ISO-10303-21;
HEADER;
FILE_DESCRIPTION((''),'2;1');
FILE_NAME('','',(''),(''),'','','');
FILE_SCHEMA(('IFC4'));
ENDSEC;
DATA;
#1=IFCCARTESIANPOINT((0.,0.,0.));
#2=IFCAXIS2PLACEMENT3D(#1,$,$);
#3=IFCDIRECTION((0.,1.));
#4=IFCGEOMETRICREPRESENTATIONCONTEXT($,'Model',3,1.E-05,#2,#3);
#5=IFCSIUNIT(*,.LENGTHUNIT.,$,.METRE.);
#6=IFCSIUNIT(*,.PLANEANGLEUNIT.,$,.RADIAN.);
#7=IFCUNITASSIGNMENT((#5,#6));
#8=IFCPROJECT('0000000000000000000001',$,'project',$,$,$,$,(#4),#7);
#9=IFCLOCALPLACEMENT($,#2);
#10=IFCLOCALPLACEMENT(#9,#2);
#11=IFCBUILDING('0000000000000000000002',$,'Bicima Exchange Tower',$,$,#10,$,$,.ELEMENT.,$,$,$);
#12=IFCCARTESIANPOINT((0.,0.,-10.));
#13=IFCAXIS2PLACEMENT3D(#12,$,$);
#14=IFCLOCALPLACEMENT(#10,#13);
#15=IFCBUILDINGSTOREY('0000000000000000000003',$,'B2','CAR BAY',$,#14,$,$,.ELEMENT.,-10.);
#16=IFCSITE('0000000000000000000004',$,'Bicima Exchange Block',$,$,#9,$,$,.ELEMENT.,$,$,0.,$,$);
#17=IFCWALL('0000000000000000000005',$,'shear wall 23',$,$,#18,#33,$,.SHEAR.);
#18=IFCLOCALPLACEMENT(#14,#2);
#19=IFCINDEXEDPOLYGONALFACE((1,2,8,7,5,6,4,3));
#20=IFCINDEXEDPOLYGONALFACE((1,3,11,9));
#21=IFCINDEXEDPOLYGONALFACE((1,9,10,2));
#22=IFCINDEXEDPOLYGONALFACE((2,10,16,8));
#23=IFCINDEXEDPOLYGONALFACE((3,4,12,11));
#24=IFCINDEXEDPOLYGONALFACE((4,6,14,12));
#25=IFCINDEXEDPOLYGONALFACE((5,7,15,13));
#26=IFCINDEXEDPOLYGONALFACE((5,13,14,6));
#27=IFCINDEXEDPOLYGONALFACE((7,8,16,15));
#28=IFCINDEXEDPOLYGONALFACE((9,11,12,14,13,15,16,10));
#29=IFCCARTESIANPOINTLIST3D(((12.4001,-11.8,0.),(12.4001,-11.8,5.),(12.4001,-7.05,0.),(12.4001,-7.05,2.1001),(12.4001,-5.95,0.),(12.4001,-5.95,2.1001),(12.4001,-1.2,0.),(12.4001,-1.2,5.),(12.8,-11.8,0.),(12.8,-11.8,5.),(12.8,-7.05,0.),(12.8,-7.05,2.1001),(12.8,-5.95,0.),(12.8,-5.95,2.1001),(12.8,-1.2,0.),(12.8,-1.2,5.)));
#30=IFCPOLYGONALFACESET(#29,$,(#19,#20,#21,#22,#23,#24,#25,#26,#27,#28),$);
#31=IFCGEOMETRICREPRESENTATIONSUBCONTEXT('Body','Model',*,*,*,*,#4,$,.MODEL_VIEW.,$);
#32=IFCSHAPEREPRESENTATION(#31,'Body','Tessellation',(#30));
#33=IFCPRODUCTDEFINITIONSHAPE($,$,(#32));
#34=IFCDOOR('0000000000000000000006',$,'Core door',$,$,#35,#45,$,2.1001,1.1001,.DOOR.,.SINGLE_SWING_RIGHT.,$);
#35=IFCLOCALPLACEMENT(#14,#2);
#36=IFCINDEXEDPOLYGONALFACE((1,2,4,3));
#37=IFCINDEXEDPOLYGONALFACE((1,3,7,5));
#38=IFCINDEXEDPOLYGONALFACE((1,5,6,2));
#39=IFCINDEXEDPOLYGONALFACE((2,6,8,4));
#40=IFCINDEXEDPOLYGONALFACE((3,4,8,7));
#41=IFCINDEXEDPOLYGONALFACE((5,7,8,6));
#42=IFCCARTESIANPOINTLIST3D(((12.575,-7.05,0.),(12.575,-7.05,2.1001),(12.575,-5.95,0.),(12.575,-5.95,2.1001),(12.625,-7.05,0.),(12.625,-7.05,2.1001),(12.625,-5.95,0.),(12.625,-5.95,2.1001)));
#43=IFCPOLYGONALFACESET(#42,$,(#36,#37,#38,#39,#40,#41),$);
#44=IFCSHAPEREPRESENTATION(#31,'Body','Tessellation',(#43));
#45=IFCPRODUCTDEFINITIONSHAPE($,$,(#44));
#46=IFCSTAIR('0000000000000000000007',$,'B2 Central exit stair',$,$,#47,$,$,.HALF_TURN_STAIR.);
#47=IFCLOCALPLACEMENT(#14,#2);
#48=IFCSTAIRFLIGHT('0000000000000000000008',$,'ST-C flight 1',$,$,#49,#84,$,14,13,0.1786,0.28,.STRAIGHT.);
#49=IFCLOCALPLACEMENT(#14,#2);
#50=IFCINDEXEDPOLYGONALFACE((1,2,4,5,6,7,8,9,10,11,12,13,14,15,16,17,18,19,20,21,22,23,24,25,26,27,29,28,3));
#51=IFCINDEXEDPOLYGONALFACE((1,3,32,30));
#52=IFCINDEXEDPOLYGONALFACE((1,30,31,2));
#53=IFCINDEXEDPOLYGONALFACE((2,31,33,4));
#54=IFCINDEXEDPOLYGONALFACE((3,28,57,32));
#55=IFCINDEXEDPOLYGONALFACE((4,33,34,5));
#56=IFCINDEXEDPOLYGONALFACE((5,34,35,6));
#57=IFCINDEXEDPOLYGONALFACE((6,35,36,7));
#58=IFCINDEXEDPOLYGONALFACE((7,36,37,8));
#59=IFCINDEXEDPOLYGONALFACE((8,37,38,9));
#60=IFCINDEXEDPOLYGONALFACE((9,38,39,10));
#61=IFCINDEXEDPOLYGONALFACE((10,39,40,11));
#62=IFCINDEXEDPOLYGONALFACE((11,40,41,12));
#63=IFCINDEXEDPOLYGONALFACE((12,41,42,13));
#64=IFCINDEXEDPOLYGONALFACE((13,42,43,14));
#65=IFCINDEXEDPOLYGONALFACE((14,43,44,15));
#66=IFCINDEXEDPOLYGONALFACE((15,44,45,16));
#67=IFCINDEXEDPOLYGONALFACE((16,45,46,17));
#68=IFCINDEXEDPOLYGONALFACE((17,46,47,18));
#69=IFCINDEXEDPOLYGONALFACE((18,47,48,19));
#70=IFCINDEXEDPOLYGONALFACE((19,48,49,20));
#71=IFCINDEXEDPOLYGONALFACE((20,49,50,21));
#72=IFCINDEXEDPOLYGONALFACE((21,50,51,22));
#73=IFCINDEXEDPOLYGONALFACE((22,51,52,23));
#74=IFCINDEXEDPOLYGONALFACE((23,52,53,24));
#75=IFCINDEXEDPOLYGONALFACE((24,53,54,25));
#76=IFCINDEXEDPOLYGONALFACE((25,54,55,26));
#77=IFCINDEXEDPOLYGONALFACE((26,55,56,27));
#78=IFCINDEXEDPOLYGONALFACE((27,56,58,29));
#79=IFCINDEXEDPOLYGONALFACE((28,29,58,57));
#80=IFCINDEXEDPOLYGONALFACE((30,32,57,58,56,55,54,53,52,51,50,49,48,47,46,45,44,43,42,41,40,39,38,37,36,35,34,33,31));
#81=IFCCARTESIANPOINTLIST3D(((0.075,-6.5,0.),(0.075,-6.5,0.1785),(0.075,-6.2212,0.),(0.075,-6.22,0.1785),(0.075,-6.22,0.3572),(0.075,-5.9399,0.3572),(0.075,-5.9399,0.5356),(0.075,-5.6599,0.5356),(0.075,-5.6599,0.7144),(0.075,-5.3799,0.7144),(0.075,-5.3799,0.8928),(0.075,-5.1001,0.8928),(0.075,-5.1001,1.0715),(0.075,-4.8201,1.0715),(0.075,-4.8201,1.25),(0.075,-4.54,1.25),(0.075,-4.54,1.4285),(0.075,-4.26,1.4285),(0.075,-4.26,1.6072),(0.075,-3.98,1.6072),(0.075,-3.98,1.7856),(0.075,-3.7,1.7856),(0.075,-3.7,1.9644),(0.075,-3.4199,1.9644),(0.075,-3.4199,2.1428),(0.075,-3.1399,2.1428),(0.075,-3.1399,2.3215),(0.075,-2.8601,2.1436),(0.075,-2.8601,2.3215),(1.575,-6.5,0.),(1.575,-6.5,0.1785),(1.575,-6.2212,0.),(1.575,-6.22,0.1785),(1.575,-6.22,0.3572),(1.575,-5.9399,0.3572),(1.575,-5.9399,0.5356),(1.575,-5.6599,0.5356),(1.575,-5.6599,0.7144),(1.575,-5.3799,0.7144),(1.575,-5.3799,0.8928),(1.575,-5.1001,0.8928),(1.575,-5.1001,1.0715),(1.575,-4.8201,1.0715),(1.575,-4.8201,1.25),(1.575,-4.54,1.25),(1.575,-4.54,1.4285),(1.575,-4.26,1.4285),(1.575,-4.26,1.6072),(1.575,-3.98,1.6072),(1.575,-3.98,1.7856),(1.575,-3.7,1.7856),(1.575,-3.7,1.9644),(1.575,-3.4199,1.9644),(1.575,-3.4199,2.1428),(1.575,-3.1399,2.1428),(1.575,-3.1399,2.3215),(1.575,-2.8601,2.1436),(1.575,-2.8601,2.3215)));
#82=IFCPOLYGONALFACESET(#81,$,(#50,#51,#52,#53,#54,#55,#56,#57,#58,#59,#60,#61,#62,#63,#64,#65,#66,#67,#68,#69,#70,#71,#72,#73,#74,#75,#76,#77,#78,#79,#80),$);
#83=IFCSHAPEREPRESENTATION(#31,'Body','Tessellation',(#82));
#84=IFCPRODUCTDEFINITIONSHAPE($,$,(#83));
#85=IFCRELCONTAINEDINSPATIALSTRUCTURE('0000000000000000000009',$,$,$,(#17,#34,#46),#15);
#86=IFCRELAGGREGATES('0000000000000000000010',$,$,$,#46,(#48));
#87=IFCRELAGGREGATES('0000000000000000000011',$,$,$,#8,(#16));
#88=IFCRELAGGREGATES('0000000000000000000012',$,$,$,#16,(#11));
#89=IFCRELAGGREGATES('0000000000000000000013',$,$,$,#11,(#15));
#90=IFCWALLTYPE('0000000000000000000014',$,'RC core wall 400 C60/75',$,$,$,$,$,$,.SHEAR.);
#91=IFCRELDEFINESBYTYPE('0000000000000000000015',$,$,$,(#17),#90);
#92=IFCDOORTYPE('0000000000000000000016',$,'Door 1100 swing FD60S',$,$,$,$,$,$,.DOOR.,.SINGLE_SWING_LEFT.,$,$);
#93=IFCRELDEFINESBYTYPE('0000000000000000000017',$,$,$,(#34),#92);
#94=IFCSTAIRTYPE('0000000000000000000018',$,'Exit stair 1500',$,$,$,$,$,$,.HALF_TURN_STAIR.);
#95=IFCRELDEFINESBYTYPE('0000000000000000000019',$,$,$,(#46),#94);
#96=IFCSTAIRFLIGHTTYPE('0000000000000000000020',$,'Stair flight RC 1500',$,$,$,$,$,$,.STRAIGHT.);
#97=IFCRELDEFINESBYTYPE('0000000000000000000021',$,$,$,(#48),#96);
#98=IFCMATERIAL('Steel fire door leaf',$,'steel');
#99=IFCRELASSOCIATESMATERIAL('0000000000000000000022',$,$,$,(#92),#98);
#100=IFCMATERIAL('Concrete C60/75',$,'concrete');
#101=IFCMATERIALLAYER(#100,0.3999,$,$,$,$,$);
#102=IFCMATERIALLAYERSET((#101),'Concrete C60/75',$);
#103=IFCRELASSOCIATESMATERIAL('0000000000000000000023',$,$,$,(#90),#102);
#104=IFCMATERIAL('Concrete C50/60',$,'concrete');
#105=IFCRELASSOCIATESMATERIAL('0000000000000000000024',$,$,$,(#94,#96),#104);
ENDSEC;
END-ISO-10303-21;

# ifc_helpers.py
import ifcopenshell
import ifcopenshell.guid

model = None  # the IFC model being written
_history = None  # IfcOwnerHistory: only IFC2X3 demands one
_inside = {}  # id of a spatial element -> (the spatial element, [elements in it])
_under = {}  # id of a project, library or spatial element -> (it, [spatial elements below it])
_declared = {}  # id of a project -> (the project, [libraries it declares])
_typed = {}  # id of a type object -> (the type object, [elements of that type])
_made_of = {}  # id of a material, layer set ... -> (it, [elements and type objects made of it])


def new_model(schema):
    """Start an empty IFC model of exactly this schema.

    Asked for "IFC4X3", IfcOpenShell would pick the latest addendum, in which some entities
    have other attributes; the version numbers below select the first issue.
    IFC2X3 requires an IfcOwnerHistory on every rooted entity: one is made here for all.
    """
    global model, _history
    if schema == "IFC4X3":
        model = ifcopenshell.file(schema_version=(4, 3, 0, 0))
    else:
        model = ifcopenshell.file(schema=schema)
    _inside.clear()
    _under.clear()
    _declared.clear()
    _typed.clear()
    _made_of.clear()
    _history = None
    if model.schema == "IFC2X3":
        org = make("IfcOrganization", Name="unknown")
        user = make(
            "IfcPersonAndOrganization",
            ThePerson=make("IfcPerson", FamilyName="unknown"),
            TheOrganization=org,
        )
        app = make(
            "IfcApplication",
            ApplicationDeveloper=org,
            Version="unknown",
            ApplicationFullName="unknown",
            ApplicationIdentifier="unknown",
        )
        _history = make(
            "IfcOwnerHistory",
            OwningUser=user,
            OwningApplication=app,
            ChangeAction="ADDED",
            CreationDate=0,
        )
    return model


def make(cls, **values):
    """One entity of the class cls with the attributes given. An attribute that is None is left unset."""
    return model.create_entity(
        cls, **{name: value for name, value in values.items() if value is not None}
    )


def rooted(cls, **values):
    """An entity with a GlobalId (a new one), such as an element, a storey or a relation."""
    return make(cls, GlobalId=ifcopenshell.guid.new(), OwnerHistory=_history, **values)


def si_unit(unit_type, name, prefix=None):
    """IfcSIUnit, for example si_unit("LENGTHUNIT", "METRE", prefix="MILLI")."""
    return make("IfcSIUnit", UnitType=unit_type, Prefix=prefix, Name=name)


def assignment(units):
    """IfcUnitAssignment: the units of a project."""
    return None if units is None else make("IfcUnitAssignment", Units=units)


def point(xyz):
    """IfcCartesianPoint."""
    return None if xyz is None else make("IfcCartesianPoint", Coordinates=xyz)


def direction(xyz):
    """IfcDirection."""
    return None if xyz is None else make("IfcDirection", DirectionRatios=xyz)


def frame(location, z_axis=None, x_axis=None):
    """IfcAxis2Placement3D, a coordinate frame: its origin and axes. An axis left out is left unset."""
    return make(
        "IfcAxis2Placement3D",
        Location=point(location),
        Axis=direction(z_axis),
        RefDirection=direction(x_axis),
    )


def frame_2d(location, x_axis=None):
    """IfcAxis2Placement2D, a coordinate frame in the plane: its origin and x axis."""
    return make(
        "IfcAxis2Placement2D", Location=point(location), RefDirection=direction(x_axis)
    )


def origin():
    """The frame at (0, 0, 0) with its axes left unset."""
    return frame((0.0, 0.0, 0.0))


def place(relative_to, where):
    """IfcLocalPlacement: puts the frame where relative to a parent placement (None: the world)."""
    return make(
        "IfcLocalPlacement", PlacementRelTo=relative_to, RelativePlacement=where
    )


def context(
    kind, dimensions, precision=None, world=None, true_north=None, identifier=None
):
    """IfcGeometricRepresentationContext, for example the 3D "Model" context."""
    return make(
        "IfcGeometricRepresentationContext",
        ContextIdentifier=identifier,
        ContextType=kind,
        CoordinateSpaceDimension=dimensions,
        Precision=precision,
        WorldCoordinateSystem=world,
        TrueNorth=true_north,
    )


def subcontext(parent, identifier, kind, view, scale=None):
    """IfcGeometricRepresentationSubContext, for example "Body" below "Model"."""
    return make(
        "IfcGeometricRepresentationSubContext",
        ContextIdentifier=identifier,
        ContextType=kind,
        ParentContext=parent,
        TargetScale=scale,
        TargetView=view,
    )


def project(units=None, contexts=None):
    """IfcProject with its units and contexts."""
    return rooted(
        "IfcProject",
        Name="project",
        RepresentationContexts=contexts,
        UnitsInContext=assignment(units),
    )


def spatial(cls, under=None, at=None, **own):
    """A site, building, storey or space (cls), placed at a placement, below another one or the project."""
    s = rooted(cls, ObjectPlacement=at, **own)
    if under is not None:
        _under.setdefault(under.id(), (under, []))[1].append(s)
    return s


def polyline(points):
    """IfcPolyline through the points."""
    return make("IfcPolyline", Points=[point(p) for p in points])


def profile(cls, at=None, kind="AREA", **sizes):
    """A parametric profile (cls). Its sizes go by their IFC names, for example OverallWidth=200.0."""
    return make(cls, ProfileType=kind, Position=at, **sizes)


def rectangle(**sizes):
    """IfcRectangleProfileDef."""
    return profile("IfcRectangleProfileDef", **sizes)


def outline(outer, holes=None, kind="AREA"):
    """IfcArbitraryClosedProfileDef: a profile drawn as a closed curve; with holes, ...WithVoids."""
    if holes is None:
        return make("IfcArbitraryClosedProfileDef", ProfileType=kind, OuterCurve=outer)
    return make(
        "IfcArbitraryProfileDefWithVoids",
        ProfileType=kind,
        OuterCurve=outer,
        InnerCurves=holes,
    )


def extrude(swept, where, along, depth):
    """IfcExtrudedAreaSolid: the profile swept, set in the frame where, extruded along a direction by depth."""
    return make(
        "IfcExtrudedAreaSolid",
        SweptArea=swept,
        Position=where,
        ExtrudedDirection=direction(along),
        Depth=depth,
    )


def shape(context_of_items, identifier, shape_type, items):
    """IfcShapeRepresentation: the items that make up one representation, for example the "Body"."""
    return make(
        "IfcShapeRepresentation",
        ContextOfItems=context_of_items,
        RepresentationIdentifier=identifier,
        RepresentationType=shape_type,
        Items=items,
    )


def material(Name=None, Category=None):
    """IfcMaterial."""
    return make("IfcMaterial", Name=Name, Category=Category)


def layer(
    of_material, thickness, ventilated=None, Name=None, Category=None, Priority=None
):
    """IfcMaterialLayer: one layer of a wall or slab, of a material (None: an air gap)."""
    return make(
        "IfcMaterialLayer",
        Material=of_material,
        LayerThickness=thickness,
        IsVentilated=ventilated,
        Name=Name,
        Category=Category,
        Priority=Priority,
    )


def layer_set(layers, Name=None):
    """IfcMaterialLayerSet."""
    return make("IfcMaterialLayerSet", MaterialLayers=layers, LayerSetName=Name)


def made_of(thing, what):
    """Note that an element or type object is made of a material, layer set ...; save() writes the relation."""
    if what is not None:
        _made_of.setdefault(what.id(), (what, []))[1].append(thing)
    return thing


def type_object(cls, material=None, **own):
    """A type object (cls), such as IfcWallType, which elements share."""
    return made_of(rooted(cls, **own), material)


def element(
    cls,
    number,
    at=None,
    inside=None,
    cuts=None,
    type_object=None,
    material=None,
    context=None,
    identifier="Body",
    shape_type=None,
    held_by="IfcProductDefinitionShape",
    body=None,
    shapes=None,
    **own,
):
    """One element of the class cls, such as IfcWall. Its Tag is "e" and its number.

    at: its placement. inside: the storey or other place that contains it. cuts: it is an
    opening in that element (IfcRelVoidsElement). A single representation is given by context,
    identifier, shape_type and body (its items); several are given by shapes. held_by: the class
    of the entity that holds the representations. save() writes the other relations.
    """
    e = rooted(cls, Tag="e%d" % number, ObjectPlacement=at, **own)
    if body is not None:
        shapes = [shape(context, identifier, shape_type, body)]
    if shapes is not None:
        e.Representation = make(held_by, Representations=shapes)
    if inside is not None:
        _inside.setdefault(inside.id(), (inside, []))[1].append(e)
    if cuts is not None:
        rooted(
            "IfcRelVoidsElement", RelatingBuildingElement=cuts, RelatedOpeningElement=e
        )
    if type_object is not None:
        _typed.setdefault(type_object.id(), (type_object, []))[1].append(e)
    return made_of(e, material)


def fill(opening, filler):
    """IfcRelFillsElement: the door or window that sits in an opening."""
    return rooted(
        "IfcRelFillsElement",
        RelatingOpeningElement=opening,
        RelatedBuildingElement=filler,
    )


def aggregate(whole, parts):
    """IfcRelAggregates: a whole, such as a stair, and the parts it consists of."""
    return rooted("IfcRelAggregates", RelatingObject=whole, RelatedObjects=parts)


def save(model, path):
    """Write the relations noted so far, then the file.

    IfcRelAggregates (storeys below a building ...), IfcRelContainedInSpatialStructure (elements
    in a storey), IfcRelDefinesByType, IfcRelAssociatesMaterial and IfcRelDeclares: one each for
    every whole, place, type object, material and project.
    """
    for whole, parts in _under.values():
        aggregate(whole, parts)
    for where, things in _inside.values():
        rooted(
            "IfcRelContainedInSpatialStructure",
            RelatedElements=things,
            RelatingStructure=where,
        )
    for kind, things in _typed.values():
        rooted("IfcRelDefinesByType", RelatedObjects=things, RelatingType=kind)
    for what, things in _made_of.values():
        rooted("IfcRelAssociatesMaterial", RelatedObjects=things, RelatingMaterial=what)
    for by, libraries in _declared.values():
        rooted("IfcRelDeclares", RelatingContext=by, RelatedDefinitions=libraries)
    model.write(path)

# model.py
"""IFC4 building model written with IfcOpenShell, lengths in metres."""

from ifc_helpers import new_model, si_unit, direction, frame, frame_2d, origin, place, context, subcontext, project, spatial, polyline, rectangle, outline, extrude, material, layer, layer_set, type_object, element, fill, aggregate, save


model = new_model("IFC4")

# Units and contexts
model_context = context("Model", 3, precision=1e-05, world=origin(), true_north=direction((0.0, 1.0)))
body_context = subcontext(model_context, "Body", "Model", "MODEL_VIEW")
ifc_project = project(units=[si_unit("LENGTHUNIT", "METRE"), si_unit("PLANEANGLEUNIT", "RADIAN")], contexts=[model_context])

# Site, building, storey
site_placement = place(None, origin())
site = spatial("IfcSite", under=ifc_project, at=site_placement, Name="Bicima Exchange Block", CompositionType="ELEMENT", RefElevation=0.0)
building_placement = place(site_placement, origin())
building = spatial("IfcBuilding", under=site, at=building_placement, Name="Bicima Exchange Tower", CompositionType="ELEMENT")
storey_placement = place(building_placement, frame((0.0, 0.0, -10.0)))
storey = spatial("IfcBuildingStorey", under=building, at=storey_placement, Name="B2", Description="CAR BAY", CompositionType="ELEMENT", Elevation=-10.0)

# Shared definitions
ifc_material_1 = material(Name="Concrete C50/60", Category="concrete")
ifc_material_2 = material(Name="Steel fire door leaf", Category="steel")

# Shared definitions
door_type_1 = type_object("IfcDoorType", Name="Door 1100 swing FD60S", OperationType="SINGLE_SWING_LEFT", PredefinedType="DOOR", material=ifc_material_2)

# Shared definitions
ifc_material_3 = material(Name="Concrete C60/75", Category="concrete")
ifc_layer_1 = layer(ifc_material_3, 0.3999)
ifc_layer_set_1 = layer_set([ifc_layer_1], Name="Concrete C60/75")
wall_type_1 = type_object("IfcWallType", Name="RC core wall 400 C60/75", PredefinedType="SHEAR", material=ifc_layer_set_1)

# Wall, opening, door
wall_1_placement = place(storey_placement, frame((12.6001, -11.8, 0.0), z_axis=(0.0, 0.0, 1.0), x_axis=(0.0, 1.0, 0.0)))
wall_1 = element("IfcWall", 1, at=wall_1_placement, inside=storey, type_object=wall_type_1, Name="shear wall 23", PredefinedType="SHEAR", context=body_context, shape_type="SweptSolid", body=[
    extrude(rectangle(XDim=10.6001, YDim=0.3999, at=frame_2d((5.3, 0.0))), origin(), (0.0, 0.0, 1.0), 5.0),
])
opening_1_placement = place(wall_1_placement, frame((4.75, 0.0, 0.0)))
opening_1 = element("IfcOpeningElement", 2, at=opening_1_placement, cuts=wall_1, PredefinedType="OPENING", context=body_context, shape_type="SweptSolid", body=[
    extrude(rectangle(XDim=1.1001, YDim=2.1001, at=frame_2d((0.55, 1.05))), frame((0.0, 0.2119, 0.0), z_axis=(0.0, -1.0, 0.0), x_axis=(1.0, 0.0, 0.0)), (0.0, 0.0, 1.0), 0.4238),
])
door_1_placement = place(opening_1_placement, frame((1.1001, 0.0, 0.0), z_axis=(0.0, 0.0, 1.0), x_axis=(-1.0, 0.0, 0.0)))
door_1 = element("IfcDoor", 3, at=door_1_placement, inside=storey, type_object=door_type_1, Name="Core door", OperationType="SINGLE_SWING_RIGHT", OverallHeight=2.1001, OverallWidth=1.1001, PredefinedType="DOOR", context=body_context, shape_type="SweptSolid", body=[
    extrude(rectangle(XDim=1.1001, YDim=2.1001, at=frame_2d((0.55, 1.05))), frame((0.0, 0.0249, 0.0), z_axis=(0.0, -1.0, 0.0), x_axis=(1.0, 0.0, 0.0)), (0.0, 0.0, 1.0), 0.05),
])
fill(opening_1, door_1)

# Stair, stair flight
stair_type = type_object("IfcStairType", Name="Exit stair 1500", PredefinedType="HALF_TURN_STAIR", material=ifc_material_1)
stair_placement = place(storey_placement, origin())
stair = element("IfcStair", 4, at=stair_placement, inside=storey, type_object=stair_type, Name="B2 Central exit stair", PredefinedType="HALF_TURN_STAIR")
stair_flight_type = type_object("IfcStairFlightType", Name="Stair flight RC 1500", PredefinedType="STRAIGHT", material=ifc_material_1)
stair_flight_placement = place(storey_placement, frame((0.825, -6.5, 0.0), z_axis=(0.0, 0.0, 1.0), x_axis=(0.0, 1.0, 0.0)))
stair_flight = element("IfcStairFlight", 5, at=stair_flight_placement, type_object=stair_flight_type, Name="ST-C flight 1", NumberOfRisers=14, NumberOfTreads=13, PredefinedType="STRAIGHT", RiserHeight=0.1786, TreadLength=0.28, context=body_context, shape_type="SweptSolid", body=[
    extrude(outline(polyline([(0.0, 0.0), (0.0, 0.1785), (0.28, 0.1785), (0.28, 0.3572), (0.5601, 0.3572), (0.5601, 0.5356), (0.8401, 0.5356), (0.8401, 0.7144), (1.1201, 0.7144), (1.1201, 0.8928), (1.3999, 0.8928), (1.3999, 1.0715), (1.6799, 1.0715), (1.6799, 1.25), (1.96, 1.25), (1.96, 1.4285), (2.24, 1.4285), (2.24, 1.6072), (2.52, 1.6072), (2.52, 1.7856), (2.8, 1.7856), (2.8, 1.9644), (3.0801, 1.9644), (3.0801, 2.1428), (3.3601, 2.1428), (3.3601, 2.3215), (3.6399, 2.3215), (3.6399, 2.5), (3.6399, 2.1436), (0.2788, 0.0), (0.0, 0.0)])), frame((0.0, 0.75, 0.0), z_axis=(0.0, -1.0, 0.0), x_axis=(1.0, 0.0, 0.0)), (0.0, 0.0, 1.0), 1.5),
])
aggregate(stair, [stair_flight])

save(model, "model.ifc")
